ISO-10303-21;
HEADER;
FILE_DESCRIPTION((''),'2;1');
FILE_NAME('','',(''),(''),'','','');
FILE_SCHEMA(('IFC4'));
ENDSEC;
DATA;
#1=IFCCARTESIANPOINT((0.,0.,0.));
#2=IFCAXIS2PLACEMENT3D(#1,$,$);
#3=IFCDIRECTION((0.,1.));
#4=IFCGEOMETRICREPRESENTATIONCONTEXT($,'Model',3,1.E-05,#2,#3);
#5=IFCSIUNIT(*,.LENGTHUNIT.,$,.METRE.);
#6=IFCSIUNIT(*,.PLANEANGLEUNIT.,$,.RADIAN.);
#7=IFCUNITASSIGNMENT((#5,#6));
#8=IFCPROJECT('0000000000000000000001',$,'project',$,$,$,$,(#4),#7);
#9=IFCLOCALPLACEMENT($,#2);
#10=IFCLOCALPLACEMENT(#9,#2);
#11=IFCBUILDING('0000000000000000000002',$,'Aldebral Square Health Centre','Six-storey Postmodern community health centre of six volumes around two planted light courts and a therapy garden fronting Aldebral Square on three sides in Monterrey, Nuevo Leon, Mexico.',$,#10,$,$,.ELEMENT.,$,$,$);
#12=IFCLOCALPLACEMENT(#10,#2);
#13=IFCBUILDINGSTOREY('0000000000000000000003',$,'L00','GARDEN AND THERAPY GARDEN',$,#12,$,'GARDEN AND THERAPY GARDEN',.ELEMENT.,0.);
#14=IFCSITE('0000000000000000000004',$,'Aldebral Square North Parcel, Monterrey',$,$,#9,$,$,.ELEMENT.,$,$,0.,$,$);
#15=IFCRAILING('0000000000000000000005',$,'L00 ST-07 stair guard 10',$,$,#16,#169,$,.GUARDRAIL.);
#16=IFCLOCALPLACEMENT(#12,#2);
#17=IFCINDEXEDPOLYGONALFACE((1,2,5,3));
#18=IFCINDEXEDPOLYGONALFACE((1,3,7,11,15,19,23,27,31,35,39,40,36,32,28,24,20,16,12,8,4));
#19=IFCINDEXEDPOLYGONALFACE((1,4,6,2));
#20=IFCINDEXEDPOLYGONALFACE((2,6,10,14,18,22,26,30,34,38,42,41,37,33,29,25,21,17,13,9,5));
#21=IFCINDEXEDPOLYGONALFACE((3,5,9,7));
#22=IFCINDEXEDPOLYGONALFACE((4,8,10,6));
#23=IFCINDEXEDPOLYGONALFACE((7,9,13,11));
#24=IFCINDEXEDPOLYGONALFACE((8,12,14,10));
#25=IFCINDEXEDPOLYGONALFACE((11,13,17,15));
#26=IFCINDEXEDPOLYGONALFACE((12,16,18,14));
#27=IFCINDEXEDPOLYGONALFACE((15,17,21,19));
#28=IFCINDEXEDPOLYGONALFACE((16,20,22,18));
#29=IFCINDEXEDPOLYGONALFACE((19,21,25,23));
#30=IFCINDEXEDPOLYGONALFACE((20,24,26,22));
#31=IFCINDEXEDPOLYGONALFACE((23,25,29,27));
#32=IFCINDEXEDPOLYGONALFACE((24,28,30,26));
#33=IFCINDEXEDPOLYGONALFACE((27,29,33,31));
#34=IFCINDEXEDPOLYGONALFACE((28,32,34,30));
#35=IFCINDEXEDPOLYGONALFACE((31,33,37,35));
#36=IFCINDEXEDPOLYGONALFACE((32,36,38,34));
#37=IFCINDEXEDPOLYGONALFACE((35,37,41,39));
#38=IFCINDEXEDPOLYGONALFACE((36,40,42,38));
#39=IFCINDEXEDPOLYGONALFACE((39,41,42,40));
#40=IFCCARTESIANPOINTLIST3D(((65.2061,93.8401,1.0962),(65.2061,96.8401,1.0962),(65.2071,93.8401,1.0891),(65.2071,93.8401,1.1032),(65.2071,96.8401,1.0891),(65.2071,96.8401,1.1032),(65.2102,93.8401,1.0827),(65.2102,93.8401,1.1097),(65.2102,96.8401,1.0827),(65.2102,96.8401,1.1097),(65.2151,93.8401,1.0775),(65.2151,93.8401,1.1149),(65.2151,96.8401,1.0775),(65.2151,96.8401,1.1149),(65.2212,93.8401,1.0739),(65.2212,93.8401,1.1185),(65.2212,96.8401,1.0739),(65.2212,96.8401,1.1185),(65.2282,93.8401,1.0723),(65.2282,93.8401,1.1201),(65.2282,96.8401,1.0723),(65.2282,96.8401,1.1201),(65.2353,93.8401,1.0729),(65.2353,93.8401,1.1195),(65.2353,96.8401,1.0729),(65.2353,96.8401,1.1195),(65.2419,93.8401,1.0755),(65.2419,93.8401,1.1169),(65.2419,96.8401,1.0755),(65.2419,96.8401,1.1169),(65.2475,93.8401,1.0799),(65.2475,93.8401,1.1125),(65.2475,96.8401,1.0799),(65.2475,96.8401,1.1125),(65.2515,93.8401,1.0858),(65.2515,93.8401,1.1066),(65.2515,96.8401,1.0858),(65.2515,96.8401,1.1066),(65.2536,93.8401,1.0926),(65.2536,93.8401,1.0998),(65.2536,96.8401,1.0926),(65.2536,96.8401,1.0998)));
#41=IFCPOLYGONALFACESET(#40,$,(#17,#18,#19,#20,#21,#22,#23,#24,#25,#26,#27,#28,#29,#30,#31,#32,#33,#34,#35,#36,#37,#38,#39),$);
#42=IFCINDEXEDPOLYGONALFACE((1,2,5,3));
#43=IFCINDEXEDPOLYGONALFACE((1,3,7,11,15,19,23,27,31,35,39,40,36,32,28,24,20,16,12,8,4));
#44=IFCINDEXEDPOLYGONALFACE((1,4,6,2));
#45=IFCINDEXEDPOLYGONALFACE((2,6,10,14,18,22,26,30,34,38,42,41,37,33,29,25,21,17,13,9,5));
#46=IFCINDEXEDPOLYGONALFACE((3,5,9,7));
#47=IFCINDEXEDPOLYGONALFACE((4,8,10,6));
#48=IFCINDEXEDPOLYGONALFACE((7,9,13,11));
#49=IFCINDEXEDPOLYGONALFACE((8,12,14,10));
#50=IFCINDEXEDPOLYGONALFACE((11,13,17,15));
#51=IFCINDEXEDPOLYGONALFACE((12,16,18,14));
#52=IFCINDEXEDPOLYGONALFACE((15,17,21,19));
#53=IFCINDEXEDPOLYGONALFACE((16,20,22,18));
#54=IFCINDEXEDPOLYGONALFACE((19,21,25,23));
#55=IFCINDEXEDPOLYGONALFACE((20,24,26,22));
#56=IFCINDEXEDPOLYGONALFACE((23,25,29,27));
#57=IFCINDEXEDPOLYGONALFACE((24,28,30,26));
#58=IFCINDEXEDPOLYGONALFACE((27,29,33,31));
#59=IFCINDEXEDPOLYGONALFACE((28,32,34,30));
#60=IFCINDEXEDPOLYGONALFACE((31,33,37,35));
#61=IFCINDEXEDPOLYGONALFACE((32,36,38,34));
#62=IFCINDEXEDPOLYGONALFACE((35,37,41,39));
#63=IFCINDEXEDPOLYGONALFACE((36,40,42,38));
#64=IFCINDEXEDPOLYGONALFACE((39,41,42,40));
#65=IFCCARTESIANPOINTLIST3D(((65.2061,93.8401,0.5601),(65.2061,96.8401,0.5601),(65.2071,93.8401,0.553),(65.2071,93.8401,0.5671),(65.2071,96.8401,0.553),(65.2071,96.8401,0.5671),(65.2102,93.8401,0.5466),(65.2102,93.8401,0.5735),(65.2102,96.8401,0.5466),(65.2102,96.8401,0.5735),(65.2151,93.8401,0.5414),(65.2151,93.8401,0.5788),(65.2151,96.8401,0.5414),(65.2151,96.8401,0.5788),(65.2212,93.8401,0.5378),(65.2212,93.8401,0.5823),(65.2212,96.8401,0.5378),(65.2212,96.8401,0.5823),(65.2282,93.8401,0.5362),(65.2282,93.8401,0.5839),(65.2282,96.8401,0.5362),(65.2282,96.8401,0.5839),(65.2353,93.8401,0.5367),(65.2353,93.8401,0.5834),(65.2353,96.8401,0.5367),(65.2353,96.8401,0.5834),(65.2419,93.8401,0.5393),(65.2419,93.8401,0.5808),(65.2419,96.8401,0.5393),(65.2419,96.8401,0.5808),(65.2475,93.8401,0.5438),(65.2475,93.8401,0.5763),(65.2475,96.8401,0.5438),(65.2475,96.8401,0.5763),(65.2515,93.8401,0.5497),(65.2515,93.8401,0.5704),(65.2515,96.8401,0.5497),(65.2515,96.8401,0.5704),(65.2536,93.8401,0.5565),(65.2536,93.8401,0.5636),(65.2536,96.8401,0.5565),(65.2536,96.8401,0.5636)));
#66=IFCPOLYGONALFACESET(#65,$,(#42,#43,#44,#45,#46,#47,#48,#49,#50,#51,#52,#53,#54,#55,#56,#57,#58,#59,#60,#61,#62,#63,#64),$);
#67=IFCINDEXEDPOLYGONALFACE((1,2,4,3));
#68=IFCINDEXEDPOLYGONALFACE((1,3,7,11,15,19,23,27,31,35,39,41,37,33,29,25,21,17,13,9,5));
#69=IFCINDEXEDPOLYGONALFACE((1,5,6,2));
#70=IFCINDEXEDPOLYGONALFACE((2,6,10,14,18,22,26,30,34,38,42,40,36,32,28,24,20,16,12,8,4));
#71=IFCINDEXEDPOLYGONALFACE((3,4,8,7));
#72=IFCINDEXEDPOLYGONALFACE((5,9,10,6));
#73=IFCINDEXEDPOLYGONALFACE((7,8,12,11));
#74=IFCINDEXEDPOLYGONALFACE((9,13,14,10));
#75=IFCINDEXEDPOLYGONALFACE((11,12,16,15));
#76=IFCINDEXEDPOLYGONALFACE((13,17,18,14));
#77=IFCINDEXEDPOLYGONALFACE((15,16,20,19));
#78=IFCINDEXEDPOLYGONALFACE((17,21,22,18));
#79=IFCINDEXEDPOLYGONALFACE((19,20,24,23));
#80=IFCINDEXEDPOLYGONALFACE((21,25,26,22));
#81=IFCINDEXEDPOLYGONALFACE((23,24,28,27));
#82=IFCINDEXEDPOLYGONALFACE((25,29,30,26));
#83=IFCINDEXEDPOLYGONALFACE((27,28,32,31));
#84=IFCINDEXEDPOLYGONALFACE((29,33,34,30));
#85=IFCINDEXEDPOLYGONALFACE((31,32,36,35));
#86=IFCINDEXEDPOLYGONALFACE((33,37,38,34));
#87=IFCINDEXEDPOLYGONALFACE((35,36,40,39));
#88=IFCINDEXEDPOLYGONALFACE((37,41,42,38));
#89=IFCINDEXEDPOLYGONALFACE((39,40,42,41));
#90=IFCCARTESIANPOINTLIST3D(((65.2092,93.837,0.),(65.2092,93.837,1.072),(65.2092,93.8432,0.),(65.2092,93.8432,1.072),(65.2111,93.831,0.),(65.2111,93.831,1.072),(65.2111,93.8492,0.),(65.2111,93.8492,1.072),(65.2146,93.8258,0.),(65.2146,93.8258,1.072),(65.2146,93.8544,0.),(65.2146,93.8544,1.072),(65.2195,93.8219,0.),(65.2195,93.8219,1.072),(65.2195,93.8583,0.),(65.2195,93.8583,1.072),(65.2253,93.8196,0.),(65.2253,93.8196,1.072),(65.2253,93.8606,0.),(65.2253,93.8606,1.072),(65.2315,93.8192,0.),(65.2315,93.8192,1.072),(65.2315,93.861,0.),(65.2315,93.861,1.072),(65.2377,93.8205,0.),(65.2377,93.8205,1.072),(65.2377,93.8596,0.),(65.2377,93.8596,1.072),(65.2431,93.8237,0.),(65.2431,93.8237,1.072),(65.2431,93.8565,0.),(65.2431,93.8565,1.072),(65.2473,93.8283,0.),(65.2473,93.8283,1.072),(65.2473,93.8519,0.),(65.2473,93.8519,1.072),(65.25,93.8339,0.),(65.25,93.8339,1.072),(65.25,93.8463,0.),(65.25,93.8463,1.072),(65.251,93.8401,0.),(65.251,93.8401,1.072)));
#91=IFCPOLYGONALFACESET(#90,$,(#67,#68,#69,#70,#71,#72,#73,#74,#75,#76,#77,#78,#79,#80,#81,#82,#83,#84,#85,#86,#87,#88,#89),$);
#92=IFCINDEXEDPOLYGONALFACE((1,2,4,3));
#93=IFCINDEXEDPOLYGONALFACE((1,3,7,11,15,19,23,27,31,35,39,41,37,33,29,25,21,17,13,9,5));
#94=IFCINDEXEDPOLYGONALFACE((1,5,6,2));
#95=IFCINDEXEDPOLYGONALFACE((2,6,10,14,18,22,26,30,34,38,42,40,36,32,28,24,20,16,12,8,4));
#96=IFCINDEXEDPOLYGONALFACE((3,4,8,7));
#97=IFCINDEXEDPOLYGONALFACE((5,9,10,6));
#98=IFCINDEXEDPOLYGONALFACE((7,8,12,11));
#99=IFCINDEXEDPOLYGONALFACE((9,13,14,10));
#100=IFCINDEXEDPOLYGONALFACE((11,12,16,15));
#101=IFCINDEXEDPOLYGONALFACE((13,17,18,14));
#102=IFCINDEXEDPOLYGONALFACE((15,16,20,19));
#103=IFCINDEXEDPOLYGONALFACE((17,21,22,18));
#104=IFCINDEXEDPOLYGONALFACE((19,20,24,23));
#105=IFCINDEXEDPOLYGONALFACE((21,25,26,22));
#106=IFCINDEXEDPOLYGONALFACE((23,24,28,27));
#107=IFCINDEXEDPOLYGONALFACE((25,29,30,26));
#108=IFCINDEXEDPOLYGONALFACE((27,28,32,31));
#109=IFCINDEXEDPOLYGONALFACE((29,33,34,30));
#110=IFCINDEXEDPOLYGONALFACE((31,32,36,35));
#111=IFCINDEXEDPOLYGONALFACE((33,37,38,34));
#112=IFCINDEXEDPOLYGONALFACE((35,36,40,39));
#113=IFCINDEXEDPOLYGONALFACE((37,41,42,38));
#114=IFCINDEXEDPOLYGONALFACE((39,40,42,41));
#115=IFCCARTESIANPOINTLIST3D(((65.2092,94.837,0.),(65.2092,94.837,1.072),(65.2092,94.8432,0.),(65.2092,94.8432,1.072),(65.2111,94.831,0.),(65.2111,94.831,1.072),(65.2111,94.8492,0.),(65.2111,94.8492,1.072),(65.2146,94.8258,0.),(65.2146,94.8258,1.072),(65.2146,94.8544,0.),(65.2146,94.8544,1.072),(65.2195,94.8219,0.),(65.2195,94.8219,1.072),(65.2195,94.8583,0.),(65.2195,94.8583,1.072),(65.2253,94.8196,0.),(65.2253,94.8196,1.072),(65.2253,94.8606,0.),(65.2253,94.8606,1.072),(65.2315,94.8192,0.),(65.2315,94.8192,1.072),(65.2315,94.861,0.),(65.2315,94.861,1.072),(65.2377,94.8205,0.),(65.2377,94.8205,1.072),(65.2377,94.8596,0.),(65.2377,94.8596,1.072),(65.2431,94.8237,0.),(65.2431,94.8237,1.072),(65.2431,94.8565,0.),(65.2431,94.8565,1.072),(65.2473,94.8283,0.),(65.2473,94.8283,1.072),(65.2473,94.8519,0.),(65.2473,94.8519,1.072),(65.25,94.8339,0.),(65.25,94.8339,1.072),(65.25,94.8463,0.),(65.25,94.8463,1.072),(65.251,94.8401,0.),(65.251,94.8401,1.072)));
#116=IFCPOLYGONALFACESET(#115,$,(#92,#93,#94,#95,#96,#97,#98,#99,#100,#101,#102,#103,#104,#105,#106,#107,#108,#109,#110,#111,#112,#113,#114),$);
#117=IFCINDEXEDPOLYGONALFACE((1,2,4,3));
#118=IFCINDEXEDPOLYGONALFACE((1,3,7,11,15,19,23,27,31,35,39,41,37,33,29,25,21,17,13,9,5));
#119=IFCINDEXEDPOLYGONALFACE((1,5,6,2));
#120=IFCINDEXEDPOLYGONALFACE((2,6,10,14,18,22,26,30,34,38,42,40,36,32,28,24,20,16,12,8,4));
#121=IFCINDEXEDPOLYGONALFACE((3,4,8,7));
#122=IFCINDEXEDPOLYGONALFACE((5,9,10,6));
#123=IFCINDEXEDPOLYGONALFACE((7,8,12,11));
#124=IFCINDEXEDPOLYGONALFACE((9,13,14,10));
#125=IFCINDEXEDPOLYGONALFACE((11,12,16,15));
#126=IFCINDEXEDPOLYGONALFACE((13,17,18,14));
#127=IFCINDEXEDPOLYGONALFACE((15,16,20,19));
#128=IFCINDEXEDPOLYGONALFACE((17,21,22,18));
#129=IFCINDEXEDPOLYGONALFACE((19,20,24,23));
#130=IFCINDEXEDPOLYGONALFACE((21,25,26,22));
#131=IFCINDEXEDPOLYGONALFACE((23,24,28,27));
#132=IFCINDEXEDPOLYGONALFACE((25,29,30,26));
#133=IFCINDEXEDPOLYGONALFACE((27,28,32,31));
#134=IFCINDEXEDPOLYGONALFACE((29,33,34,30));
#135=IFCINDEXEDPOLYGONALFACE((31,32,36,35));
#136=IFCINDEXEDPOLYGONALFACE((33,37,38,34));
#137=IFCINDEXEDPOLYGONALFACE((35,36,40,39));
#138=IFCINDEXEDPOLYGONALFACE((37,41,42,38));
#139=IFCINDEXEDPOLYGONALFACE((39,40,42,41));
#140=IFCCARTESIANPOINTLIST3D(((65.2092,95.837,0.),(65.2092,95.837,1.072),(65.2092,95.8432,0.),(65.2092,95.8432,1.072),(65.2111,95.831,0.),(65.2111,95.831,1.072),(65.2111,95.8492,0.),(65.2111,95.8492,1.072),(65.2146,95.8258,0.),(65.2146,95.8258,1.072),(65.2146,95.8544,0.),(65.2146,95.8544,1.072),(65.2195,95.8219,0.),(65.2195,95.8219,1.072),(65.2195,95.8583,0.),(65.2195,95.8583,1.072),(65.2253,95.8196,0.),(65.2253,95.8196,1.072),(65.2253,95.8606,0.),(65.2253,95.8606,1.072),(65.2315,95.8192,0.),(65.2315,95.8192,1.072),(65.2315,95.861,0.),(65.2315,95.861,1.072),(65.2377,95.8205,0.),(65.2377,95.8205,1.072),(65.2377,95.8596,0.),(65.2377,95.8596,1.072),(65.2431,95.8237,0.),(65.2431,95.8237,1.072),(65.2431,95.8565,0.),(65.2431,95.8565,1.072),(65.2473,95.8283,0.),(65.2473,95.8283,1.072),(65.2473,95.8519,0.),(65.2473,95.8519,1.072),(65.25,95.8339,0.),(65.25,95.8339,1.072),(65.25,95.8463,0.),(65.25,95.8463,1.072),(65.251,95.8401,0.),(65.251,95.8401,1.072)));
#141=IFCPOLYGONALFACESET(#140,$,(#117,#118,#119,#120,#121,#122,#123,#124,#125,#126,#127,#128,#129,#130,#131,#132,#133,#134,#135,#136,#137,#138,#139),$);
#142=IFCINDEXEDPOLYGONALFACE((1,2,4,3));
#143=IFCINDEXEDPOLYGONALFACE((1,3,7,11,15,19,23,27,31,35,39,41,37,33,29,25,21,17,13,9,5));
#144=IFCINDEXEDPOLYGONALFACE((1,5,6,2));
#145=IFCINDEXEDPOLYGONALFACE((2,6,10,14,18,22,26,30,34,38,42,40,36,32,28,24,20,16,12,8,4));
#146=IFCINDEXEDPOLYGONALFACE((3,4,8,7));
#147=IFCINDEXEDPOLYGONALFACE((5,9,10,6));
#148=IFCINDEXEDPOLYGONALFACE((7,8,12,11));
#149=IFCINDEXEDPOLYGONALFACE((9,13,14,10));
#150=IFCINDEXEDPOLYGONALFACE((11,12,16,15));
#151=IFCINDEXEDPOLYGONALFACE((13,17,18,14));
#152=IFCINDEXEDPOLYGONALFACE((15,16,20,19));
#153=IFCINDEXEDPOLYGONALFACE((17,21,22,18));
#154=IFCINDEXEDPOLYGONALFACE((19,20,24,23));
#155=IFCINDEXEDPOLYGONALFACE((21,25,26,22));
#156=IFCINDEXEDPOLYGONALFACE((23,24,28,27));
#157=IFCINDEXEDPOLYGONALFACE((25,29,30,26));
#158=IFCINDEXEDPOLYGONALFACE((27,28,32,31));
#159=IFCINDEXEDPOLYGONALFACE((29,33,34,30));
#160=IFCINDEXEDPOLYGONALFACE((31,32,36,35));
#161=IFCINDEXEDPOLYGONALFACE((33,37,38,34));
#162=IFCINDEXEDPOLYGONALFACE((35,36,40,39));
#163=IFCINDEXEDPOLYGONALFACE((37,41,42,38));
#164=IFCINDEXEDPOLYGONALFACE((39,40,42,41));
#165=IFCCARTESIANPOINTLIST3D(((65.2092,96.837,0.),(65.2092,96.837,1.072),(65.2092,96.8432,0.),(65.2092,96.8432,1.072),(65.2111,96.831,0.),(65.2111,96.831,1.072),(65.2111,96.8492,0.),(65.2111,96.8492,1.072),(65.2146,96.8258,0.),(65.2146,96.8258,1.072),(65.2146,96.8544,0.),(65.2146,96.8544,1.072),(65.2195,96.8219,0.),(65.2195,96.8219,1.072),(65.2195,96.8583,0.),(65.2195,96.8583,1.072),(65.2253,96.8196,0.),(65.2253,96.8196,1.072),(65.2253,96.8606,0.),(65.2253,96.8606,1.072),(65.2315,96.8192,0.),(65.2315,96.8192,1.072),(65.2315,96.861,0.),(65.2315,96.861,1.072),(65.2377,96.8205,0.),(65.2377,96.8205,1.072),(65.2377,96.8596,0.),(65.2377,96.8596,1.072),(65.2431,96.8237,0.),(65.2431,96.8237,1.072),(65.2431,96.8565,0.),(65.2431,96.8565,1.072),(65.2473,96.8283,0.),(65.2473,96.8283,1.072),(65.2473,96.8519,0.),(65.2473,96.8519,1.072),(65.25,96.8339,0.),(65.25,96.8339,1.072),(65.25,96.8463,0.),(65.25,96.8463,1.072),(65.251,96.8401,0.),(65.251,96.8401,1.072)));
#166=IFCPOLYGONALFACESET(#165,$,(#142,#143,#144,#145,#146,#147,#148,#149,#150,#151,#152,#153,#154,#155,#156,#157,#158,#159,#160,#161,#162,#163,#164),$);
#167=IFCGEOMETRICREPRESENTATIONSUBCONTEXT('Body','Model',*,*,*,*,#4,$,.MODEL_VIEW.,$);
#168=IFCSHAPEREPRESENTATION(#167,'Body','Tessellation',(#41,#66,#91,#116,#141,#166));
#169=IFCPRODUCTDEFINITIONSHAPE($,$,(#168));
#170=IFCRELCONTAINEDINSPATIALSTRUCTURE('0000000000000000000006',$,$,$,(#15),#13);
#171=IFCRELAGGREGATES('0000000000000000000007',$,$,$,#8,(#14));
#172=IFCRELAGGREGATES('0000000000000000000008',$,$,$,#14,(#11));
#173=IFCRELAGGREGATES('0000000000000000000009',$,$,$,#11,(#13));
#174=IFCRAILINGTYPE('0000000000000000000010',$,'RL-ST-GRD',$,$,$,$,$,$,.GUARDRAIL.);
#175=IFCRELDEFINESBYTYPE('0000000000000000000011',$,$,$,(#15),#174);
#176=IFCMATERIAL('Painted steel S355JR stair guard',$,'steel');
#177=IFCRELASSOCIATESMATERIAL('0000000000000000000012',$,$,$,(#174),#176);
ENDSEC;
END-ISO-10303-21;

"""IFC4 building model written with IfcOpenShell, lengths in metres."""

from ifc_helpers import new_model, si_unit, direction, frame, origin, origin_2d, place, context, subcontext, project, spatial, circle, extrude, material, type_object, element, save


model = new_model("IFC4")

# Units and contexts
model_context = context("Model", 3, precision=1e-05, world=origin(), true_north=direction((0.0, 1.0)))
body_context = subcontext(model_context, "Body", "Model", "MODEL_VIEW")
ifc_project = project(units=[si_unit("LENGTHUNIT", "METRE"), si_unit("PLANEANGLEUNIT", "RADIAN")], contexts=[model_context])

# Site, building, storey
site_placement = place(None, origin())
site = spatial("IfcSite", under=ifc_project, at=site_placement, Name="Aldebral Square North Parcel, Monterrey", CompositionType="ELEMENT", RefElevation=0.0)
building_placement = place(site_placement, origin())
building = spatial("IfcBuilding", under=site, at=building_placement, Name="Aldebral Square Health Centre", Description="Six-storey Postmodern community health centre of six volumes around two planted light courts and a therapy garden fronting Aldebral Square on three sides in Monterrey, Nuevo Leon, Mexico.", CompositionType="ELEMENT")
storey_placement = place(building_placement, origin())
storey = spatial("IfcBuildingStorey", under=building, at=storey_placement, Name="L00", Description="GARDEN AND THERAPY GARDEN", LongName="GARDEN AND THERAPY GARDEN", CompositionType="ELEMENT", Elevation=0.0)

# Railing
ifc_material_1 = material(Name="Painted steel S355JR stair guard", Category="steel")
railing_type_1 = type_object("IfcRailingType", Name="RL-ST-GRD", PredefinedType="GUARDRAIL", material=ifc_material_1)
railing_1_placement = place(storey_placement, frame((65.23, 93.8401, 0.0)))
element("IfcRailing", 1, at=railing_1_placement, inside=storey, type_object=railing_type_1, Name="L00 ST-07 stair guard 10", PredefinedType="GUARDRAIL", context=body_context, shape_type="SweptSolid", body=[
    extrude(circle(Radius=0.0239, at=origin_2d()), frame((0.0, 0.0, 1.0962), z_axis=(0.0, 1.0, 0.0), x_axis=(-1.0, 0.0, 0.0)), (0.0, 0.0, 1.0), 3.0),
    extrude(circle(Radius=0.0239, at=origin_2d()), frame((0.0, 0.0, 0.5601), z_axis=(0.0, 1.0, 0.0), x_axis=(-1.0, 0.0, 0.0)), (0.0, 0.0, 1.0), 3.0),
    extrude(circle(Radius=0.021, at=origin_2d()), origin(), (0.0, 0.0, 1.0), 1.072),
    extrude(circle(Radius=0.021, at=origin_2d()), frame((0.0, 1.0, 0.0)), (0.0, 0.0, 1.0), 1.072),
    extrude(circle(Radius=0.021, at=origin_2d()), frame((0.0, 2.0, 0.0)), (0.0, 0.0, 1.0), 1.072),
    extrude(circle(Radius=0.021, at=origin_2d()), frame((0.0, 3.0, 0.0)), (0.0, 0.0, 1.0), 1.072),
])

save(model, "model.ifc")
